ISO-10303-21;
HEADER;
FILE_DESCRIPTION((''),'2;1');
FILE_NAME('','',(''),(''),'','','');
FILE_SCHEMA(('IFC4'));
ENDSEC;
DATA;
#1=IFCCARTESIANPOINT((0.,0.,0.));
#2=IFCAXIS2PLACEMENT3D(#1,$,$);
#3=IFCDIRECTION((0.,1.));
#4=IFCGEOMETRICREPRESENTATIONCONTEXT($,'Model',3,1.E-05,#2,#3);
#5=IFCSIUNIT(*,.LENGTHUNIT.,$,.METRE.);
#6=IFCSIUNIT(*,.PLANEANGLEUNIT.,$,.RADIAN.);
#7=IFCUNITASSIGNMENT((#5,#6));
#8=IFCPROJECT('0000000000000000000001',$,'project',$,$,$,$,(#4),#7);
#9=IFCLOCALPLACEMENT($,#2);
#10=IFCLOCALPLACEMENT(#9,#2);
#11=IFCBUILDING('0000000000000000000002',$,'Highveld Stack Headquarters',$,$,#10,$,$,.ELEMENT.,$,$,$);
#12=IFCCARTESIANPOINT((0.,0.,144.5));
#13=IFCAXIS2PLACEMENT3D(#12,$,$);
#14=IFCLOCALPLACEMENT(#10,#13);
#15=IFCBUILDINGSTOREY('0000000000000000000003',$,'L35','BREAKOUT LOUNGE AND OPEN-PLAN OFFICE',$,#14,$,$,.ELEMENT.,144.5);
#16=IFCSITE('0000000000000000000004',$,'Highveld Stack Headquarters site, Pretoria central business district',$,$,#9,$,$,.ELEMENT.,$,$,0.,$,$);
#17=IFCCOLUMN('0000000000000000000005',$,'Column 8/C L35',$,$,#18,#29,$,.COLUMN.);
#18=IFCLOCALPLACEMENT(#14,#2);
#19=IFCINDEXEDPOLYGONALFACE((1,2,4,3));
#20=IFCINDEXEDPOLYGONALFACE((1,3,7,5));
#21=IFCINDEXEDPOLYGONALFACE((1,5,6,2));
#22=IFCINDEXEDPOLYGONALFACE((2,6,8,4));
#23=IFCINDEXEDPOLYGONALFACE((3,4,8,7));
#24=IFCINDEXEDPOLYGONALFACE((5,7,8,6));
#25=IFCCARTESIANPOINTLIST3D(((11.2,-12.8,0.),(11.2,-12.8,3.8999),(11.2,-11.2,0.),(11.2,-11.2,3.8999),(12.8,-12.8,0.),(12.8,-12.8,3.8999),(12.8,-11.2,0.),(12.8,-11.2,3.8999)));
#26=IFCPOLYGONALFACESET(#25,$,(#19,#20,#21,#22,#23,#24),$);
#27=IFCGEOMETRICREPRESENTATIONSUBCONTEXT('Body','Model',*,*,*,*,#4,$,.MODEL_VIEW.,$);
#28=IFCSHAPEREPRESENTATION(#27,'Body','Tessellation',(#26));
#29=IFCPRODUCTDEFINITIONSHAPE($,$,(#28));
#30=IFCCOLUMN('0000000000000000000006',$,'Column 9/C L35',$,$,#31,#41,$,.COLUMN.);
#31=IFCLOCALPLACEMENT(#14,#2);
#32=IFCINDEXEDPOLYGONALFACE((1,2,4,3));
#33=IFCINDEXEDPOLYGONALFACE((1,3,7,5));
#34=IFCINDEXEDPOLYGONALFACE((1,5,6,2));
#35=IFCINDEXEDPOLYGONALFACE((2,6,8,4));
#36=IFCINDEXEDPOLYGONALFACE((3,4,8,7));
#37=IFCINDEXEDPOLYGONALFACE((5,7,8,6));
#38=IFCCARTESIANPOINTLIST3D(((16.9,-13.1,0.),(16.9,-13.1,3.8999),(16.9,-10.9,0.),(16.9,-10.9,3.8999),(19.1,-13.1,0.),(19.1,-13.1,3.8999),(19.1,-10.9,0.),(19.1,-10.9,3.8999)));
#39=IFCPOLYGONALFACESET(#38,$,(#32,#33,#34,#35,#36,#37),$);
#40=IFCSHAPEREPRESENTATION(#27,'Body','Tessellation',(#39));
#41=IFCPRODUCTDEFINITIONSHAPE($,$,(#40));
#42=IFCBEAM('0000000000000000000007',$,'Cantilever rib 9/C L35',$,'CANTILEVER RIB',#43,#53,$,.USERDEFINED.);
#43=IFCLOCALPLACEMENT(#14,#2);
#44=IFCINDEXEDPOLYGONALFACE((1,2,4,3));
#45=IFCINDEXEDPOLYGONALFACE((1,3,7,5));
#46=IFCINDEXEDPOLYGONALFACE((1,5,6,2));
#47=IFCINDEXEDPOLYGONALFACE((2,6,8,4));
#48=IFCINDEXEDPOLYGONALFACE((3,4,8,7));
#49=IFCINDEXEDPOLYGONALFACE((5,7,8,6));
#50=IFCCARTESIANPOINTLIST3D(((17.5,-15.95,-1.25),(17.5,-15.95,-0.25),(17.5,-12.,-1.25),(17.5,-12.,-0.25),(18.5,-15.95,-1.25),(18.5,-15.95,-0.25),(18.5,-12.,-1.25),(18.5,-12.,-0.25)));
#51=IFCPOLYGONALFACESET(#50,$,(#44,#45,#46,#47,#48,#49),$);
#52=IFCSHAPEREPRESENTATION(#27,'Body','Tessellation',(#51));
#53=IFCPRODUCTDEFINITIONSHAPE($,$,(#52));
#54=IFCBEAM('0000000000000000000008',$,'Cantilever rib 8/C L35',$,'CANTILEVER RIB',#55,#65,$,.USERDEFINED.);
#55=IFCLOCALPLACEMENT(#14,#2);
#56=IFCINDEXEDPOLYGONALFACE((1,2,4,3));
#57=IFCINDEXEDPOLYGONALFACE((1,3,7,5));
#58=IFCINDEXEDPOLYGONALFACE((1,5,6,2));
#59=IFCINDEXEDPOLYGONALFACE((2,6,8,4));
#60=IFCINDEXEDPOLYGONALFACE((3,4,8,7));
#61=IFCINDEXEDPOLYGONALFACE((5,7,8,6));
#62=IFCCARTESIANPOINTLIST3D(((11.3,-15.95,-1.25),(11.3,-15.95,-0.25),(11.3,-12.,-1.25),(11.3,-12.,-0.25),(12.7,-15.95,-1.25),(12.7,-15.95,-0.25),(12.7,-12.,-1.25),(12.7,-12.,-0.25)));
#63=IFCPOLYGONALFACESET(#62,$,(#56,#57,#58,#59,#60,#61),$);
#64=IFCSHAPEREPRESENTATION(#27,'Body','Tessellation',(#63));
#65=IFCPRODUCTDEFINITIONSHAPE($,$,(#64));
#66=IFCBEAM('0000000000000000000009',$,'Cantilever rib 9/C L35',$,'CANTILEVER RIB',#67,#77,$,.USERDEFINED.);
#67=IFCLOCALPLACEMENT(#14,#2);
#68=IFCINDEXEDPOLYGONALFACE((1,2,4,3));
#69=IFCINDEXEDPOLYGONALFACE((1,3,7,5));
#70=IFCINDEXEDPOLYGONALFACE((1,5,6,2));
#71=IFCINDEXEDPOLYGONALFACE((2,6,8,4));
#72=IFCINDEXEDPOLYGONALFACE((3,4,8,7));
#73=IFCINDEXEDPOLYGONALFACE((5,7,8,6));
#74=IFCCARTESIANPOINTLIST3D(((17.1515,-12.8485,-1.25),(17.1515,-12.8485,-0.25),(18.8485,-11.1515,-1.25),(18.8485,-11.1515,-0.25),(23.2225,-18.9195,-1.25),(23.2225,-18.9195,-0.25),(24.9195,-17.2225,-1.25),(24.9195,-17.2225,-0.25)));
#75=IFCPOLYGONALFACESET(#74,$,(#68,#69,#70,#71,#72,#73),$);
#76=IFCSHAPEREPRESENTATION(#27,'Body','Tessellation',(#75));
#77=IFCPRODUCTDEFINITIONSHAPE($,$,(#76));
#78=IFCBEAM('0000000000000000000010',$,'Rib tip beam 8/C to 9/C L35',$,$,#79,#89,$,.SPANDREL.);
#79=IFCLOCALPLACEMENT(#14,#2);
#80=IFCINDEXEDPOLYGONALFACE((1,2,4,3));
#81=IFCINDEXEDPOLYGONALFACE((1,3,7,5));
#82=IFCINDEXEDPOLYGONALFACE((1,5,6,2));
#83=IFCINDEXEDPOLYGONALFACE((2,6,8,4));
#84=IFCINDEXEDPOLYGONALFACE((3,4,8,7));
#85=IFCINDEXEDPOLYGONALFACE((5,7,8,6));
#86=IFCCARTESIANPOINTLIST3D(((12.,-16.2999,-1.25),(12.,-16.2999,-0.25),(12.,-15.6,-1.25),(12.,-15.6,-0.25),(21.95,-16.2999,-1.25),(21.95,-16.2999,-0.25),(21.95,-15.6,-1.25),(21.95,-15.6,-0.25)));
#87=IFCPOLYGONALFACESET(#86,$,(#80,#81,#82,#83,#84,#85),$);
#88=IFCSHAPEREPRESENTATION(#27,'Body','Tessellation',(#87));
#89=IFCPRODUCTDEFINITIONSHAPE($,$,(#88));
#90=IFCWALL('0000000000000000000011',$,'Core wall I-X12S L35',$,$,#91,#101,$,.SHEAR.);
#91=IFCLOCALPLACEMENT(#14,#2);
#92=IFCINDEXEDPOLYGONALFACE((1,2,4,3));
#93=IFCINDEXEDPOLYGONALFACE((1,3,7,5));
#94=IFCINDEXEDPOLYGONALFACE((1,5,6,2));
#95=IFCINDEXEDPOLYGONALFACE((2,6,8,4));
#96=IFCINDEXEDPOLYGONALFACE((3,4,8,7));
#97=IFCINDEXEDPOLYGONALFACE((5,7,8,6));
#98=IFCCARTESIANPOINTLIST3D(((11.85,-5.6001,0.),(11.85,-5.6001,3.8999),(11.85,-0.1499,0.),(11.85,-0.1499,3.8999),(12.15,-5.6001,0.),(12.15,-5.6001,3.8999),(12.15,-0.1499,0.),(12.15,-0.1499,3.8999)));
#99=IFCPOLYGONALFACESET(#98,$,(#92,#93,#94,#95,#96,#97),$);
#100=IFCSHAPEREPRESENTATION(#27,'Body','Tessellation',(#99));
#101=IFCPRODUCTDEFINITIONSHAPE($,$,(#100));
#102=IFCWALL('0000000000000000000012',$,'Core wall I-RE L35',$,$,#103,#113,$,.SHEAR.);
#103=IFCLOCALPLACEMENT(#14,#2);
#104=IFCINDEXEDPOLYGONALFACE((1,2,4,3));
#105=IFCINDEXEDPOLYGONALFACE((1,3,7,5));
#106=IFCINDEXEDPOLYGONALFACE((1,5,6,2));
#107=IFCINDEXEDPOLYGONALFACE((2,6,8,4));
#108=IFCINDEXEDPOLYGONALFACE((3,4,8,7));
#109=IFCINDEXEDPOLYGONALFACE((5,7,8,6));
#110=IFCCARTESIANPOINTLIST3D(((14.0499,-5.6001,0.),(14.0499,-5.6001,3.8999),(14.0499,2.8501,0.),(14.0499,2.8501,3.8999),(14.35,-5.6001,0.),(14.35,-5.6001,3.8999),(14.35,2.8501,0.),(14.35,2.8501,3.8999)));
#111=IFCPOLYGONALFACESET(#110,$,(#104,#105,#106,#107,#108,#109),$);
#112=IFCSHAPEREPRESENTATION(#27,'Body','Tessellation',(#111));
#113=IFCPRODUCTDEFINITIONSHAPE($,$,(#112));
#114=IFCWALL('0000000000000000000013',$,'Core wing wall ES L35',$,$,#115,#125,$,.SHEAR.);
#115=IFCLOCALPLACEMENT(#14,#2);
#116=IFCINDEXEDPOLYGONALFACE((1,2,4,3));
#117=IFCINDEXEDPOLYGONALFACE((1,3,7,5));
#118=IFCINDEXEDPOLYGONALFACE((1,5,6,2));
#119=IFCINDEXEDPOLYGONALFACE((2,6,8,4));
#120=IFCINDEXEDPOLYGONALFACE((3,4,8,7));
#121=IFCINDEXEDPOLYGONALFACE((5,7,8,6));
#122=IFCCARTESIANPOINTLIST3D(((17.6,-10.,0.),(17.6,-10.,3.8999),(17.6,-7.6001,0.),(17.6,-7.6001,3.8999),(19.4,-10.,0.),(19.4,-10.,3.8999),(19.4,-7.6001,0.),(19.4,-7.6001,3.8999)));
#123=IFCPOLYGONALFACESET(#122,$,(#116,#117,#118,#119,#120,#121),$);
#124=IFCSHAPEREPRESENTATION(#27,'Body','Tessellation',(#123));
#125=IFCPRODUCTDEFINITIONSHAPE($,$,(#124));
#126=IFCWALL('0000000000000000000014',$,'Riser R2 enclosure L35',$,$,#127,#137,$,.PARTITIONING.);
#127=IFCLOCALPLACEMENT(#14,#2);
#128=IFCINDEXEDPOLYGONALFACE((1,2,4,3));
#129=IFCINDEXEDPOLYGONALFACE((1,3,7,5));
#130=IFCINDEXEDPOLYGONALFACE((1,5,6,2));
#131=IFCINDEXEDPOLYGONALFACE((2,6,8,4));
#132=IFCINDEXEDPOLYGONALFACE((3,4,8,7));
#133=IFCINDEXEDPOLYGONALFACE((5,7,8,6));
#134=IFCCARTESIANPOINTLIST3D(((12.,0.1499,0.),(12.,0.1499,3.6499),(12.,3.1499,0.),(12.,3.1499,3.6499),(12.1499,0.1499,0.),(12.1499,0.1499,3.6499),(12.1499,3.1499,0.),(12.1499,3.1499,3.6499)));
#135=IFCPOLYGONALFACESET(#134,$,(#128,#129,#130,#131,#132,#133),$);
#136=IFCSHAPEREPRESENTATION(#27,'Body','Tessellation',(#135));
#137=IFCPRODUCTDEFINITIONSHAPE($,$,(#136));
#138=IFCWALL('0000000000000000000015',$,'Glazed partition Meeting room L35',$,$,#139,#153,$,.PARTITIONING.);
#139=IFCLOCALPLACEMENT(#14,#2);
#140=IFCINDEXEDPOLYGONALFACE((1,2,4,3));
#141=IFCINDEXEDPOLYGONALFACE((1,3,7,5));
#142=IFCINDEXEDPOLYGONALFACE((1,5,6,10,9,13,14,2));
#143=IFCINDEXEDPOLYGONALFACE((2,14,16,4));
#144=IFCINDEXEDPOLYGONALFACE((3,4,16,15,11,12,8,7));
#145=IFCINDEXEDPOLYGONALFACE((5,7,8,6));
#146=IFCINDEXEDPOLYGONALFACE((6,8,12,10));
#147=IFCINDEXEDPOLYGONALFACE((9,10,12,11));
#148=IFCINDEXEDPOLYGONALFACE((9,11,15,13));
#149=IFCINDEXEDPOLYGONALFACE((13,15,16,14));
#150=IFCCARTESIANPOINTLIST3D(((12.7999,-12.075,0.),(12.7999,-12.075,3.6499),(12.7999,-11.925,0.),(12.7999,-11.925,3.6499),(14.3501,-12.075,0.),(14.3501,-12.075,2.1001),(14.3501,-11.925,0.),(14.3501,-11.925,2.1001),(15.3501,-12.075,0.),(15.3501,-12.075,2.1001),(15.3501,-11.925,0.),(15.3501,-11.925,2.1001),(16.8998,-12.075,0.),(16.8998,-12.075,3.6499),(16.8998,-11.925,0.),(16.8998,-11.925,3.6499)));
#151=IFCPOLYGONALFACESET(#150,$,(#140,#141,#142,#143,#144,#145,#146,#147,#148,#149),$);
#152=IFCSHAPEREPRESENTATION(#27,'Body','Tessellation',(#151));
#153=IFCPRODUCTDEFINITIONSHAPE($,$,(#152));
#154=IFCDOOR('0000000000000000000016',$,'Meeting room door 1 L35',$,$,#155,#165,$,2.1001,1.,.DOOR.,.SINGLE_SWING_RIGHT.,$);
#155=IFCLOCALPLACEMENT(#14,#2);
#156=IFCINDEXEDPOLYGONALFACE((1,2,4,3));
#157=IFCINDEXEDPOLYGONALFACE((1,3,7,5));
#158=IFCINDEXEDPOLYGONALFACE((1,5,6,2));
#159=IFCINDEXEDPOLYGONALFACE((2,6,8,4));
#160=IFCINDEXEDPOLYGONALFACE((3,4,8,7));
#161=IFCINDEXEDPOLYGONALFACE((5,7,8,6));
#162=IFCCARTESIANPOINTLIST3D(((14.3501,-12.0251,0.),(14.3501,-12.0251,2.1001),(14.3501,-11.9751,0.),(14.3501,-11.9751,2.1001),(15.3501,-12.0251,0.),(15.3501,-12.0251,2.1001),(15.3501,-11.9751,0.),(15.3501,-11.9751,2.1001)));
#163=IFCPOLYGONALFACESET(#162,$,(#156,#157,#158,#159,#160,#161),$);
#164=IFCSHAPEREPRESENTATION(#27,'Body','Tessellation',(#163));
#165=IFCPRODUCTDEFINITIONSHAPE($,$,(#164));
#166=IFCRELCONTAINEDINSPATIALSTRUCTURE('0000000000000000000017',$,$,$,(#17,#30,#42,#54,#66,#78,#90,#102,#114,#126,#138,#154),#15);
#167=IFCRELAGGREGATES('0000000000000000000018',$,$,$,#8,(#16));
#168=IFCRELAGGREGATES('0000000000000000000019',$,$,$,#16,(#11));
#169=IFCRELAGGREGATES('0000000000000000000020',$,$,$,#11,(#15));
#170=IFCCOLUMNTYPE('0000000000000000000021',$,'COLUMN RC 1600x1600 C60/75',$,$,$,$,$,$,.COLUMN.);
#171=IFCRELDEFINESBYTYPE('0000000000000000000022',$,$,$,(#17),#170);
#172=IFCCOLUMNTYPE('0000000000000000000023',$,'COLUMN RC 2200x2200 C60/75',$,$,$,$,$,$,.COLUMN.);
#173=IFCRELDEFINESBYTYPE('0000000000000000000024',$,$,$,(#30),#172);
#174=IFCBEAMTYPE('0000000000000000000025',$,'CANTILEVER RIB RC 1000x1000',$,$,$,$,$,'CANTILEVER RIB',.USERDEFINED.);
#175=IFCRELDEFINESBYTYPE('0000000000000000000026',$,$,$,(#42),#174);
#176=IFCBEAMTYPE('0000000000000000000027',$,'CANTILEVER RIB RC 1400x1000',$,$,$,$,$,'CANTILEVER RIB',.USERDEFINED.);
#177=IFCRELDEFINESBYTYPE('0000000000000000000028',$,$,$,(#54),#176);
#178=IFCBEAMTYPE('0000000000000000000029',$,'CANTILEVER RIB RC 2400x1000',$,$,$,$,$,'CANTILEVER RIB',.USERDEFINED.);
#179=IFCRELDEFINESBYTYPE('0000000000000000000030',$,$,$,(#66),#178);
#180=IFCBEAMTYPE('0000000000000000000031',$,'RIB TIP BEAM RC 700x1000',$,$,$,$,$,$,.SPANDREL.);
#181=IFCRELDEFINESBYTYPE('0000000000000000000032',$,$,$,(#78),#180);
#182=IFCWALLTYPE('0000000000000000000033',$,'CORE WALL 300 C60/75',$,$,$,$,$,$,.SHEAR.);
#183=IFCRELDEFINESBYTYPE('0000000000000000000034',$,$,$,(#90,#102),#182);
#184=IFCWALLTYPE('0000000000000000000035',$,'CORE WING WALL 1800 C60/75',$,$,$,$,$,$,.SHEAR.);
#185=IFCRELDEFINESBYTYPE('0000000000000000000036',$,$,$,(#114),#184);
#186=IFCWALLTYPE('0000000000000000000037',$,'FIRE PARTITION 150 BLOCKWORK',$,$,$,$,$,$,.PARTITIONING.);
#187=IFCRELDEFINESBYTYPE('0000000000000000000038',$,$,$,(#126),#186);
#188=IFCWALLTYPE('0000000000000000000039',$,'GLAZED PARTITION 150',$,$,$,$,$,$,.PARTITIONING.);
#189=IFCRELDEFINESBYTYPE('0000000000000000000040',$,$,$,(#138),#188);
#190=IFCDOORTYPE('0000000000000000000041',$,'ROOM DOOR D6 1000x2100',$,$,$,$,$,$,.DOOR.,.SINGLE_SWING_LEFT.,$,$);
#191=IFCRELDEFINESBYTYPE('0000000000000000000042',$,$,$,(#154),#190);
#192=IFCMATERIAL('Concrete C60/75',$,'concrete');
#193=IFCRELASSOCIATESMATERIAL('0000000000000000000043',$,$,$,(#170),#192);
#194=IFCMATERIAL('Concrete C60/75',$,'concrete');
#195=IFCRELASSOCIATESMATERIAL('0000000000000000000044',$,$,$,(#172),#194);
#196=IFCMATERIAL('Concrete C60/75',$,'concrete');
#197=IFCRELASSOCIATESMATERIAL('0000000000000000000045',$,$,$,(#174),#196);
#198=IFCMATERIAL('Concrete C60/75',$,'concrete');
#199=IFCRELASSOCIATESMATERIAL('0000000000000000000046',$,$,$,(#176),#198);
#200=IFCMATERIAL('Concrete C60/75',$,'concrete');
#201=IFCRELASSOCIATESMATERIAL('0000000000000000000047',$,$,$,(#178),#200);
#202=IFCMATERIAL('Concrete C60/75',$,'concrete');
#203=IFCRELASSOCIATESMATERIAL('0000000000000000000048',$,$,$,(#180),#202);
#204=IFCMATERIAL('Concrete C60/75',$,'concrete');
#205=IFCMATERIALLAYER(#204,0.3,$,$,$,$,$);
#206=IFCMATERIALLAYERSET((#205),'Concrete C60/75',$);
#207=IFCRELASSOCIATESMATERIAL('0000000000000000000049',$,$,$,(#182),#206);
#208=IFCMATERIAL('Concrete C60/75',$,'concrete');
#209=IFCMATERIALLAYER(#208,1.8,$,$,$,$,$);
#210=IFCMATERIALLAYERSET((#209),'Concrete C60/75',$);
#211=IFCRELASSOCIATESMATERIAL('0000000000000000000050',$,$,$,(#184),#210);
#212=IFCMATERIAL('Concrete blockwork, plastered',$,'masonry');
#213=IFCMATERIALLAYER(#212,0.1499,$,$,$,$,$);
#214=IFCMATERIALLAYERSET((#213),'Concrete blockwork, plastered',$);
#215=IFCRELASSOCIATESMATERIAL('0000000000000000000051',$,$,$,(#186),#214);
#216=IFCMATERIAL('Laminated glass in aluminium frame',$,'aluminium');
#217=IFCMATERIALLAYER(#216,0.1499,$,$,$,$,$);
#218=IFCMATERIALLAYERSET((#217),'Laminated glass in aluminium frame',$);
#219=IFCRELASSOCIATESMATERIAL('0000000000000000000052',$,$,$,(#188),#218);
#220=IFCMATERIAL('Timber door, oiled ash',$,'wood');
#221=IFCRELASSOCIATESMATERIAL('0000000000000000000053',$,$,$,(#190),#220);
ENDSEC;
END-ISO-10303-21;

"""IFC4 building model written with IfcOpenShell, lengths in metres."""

from ifc_helpers import new_model, si_unit, direction, frame, frame_2d, origin, origin_2d, place, context, subcontext, project, spatial, rectangle, extrude, material, layer, layer_set, material_profile, profile_set, type_object, element, fill, save


model = new_model("IFC4")

# Units and contexts
model_context = context("Model", 3, precision=1e-05, world=origin(), true_north=direction((0.0, 1.0)))
body_context = subcontext(model_context, "Body", "Model", "MODEL_VIEW")
ifc_project = project(units=[si_unit("LENGTHUNIT", "METRE"), si_unit("PLANEANGLEUNIT", "RADIAN")], contexts=[model_context])

# Site, building, storey
site_placement = place(None, origin())
site = spatial("IfcSite", under=ifc_project, at=site_placement, Name="Highveld Stack Headquarters site, Pretoria central business district", CompositionType="ELEMENT", RefElevation=0.0)
building_placement = place(site_placement, origin())
building = spatial("IfcBuilding", under=site, at=building_placement, Name="Highveld Stack Headquarters", CompositionType="ELEMENT")
storey_placement = place(building_placement, frame((0.0, 0.0, 144.5)))
storey = spatial("IfcBuildingStorey", under=building, at=storey_placement, Name="L35", Description="BREAKOUT LOUNGE AND OPEN-PLAN OFFICE", CompositionType="ELEMENT", Elevation=144.5)

# Columns
ifc_material_1 = material(Name="Concrete C60/75", Category="concrete")
ifc_material_profile_1 = material_profile(ifc_material_1, rectangle(XDim=1.6001, YDim=1.6001, at=origin_2d()), Name="RC 1600x1600")
ifc_profile_set_1 = profile_set([ifc_material_profile_1], Name="Concrete C60/75")
column_type_1 = type_object("IfcColumnType", Name="COLUMN RC 1600x1600 C60/75", PredefinedType="COLUMN", material=ifc_profile_set_1)
column_1_placement = place(storey_placement, frame((12.0, -12.0, 0.0), z_axis=(0.0, 0.0, 1.0), x_axis=(1.0, 0.0, 0.0)))
element("IfcColumn", 1, at=column_1_placement, inside=storey, type_object=column_type_1, Name="Column 8/C L35", PredefinedType="COLUMN", context=body_context, shape_type="SweptSolid", body=[
    extrude(rectangle(XDim=1.6001, YDim=1.6001, at=origin_2d()), origin(), (0.0, 0.0, 1.0), 3.8999),
])
ifc_material_2 = material(Name="Concrete C60/75", Category="concrete")
ifc_material_profile_2 = material_profile(ifc_material_2, rectangle(XDim=2.2, YDim=2.2, at=origin_2d()), Name="RC 2200x2200")
ifc_profile_set_2 = profile_set([ifc_material_profile_2], Name="Concrete C60/75")
column_type_2 = type_object("IfcColumnType", Name="COLUMN RC 2200x2200 C60/75", PredefinedType="COLUMN", material=ifc_profile_set_2)
column_2_placement = place(storey_placement, frame((18.0, -12.0, 0.0), z_axis=(0.0, 0.0, 1.0), x_axis=(1.0, 0.0, 0.0)))
element("IfcColumn", 2, at=column_2_placement, inside=storey, type_object=column_type_2, Name="Column 9/C L35", PredefinedType="COLUMN", context=body_context, shape_type="SweptSolid", body=[
    extrude(rectangle(XDim=2.2, YDim=2.2, at=origin_2d()), origin(), (0.0, 0.0, 1.0), 3.8999),
])

# Beams
ifc_material_3 = material(Name="Concrete C60/75", Category="concrete")
ifc_material_profile_3 = material_profile(ifc_material_3, rectangle(XDim=1.0, YDim=1.0, at=origin_2d()), Name="RC 1000x1000")
ifc_profile_set_3 = profile_set([ifc_material_profile_3], Name="Concrete C60/75")
beam_type_1 = type_object("IfcBeamType", Name="CANTILEVER RIB RC 1000x1000", ElementType="CANTILEVER RIB", PredefinedType="USERDEFINED", material=ifc_profile_set_3)
beam_1_placement = place(storey_placement, frame((18.0, -12.0, -0.75), z_axis=(0.0, -1.0, 0.0), x_axis=(1.0, 0.0, 0.0)))
element("IfcBeam", 3, at=beam_1_placement, inside=storey, type_object=beam_type_1, Name="Cantilever rib 9/C L35", ObjectType="CANTILEVER RIB", PredefinedType="USERDEFINED", context=body_context, shape_type="SweptSolid", body=[
    extrude(rectangle(XDim=1.0, YDim=1.0, at=origin_2d()), origin(), (0.0, 0.0, 1.0), 3.95),
])
ifc_material_4 = material(Name="Concrete C60/75", Category="concrete")
ifc_material_profile_4 = material_profile(ifc_material_4, rectangle(XDim=1.3999, YDim=1.0, at=origin_2d()), Name="RC 1400x1000")
ifc_profile_set_4 = profile_set([ifc_material_profile_4], Name="Concrete C60/75")
beam_type_2 = type_object("IfcBeamType", Name="CANTILEVER RIB RC 1400x1000", ElementType="CANTILEVER RIB", PredefinedType="USERDEFINED", material=ifc_profile_set_4)
beam_2_placement = place(storey_placement, frame((12.0, -12.0, -0.75), z_axis=(0.0, -1.0, 0.0), x_axis=(1.0, 0.0, 0.0)))
element("IfcBeam", 4, at=beam_2_placement, inside=storey, type_object=beam_type_2, Name="Cantilever rib 8/C L35", ObjectType="CANTILEVER RIB", PredefinedType="USERDEFINED", context=body_context, shape_type="SweptSolid", body=[
    extrude(rectangle(XDim=1.3999, YDim=1.0, at=origin_2d()), origin(), (0.0, 0.0, 1.0), 3.95),
])
ifc_material_5 = material(Name="Concrete C60/75", Category="concrete")
ifc_material_profile_5 = material_profile(ifc_material_5, rectangle(XDim=2.3999, YDim=1.0, at=origin_2d()), Name="RC 2400x1000")
ifc_profile_set_5 = profile_set([ifc_material_profile_5], Name="Concrete C60/75")
beam_type_3 = type_object("IfcBeamType", Name="CANTILEVER RIB RC 2400x1000", ElementType="CANTILEVER RIB", PredefinedType="USERDEFINED", material=ifc_profile_set_5)
beam_3_placement = place(storey_placement, frame((18.0, -12.0, -0.75), z_axis=(0.707107, -0.707107, 0.0), x_axis=(0.707107, 0.707107, 0.0)))
element("IfcBeam", 5, at=beam_3_placement, inside=storey, type_object=beam_type_3, Name="Cantilever rib 9/C L35", ObjectType="CANTILEVER RIB", PredefinedType="USERDEFINED", context=body_context, shape_type="SweptSolid", body=[
    extrude(rectangle(XDim=2.3999, YDim=1.0, at=origin_2d()), origin(), (0.0, 0.0, 1.0), 8.5857),
])
ifc_material_6 = material(Name="Concrete C60/75", Category="concrete")
ifc_material_profile_6 = material_profile(ifc_material_6, rectangle(XDim=0.7, YDim=1.0, at=origin_2d()), Name="RC 700x1000")
ifc_profile_set_6 = profile_set([ifc_material_profile_6], Name="Concrete C60/75")
beam_type_4 = type_object("IfcBeamType", Name="RIB TIP BEAM RC 700x1000", PredefinedType="SPANDREL", material=ifc_profile_set_6)
beam_4_placement = place(storey_placement, frame((12.0, -15.95, -0.75), z_axis=(1.0, 0.0, 0.0), x_axis=(0.0, 1.0, 0.0)))
element("IfcBeam", 6, at=beam_4_placement, inside=storey, type_object=beam_type_4, Name="Rib tip beam 8/C to 9/C L35", PredefinedType="SPANDREL", context=body_context, shape_type="SweptSolid", body=[
    extrude(rectangle(XDim=0.7, YDim=1.0, at=origin_2d()), origin(), (0.0, 0.0, 1.0), 9.95),
])

# Walls
ifc_material_7 = material(Name="Concrete C60/75", Category="concrete")
ifc_layer_1 = layer(ifc_material_7, 0.3)
ifc_layer_set_1 = layer_set([ifc_layer_1], Name="Concrete C60/75")
wall_type_1 = type_object("IfcWallType", Name="CORE WALL 300 C60/75", PredefinedType="SHEAR", material=ifc_layer_set_1)
wall_1_placement = place(storey_placement, frame((12.0, -5.6001, 0.0), z_axis=(0.0, 0.0, 1.0), x_axis=(0.0, 1.0, 0.0)))
element("IfcWall", 7, at=wall_1_placement, inside=storey, type_object=wall_type_1, Name="Core wall I-X12S L35", PredefinedType="SHEAR", context=body_context, shape_type="SweptSolid", body=[
    extrude(rectangle(XDim=5.4502, YDim=0.3, at=frame_2d((2.7251, 0.0))), origin(), (0.0, 0.0, 1.0), 3.8999),
])
wall_2_placement = place(storey_placement, frame((14.2, -5.6001, 0.0), z_axis=(0.0, 0.0, 1.0), x_axis=(0.0, 1.0, 0.0)))
element("IfcWall", 8, at=wall_2_placement, inside=storey, type_object=wall_type_1, Name="Core wall I-RE L35", PredefinedType="SHEAR", context=body_context, shape_type="SweptSolid", body=[
    extrude(rectangle(XDim=8.4502, YDim=0.3, at=frame_2d((4.2251, 0.0))), origin(), (0.0, 0.0, 1.0), 3.8999),
])
ifc_material_8 = material(Name="Concrete C60/75", Category="concrete")
ifc_layer_2 = layer(ifc_material_8, 1.8)
ifc_layer_set_2 = layer_set([ifc_layer_2], Name="Concrete C60/75")
wall_type_2 = type_object("IfcWallType", Name="CORE WING WALL 1800 C60/75", PredefinedType="SHEAR", material=ifc_layer_set_2)
wall_3_placement = place(storey_placement, frame((18.5, -10.0, 0.0), z_axis=(0.0, 0.0, 1.0), x_axis=(0.0, 1.0, 0.0)))
element("IfcWall", 9, at=wall_3_placement, inside=storey, type_object=wall_type_2, Name="Core wing wall ES L35", PredefinedType="SHEAR", context=body_context, shape_type="SweptSolid", body=[
    extrude(rectangle(XDim=2.3999, YDim=1.8, at=frame_2d((1.2, 0.0))), origin(), (0.0, 0.0, 1.0), 3.8999),
])
ifc_material_9 = material(Name="Concrete blockwork, plastered", Category="masonry")
ifc_layer_3 = layer(ifc_material_9, 0.1499)
ifc_layer_set_3 = layer_set([ifc_layer_3], Name="Concrete blockwork, plastered")
wall_type_3 = type_object("IfcWallType", Name="FIRE PARTITION 150 BLOCKWORK", PredefinedType="PARTITIONING", material=ifc_layer_set_3)
wall_4_placement = place(storey_placement, frame((12.075, 0.1499, 0.0), z_axis=(0.0, 0.0, 1.0), x_axis=(0.0, 1.0, 0.0)))
element("IfcWall", 10, at=wall_4_placement, inside=storey, type_object=wall_type_3, Name="Riser R2 enclosure L35", PredefinedType="PARTITIONING", context=body_context, shape_type="SweptSolid", body=[
    extrude(rectangle(XDim=3.0, YDim=0.1499, at=frame_2d((1.5, 0.0))), origin(), (0.0, 0.0, 1.0), 3.6499),
])

# Wall, opening, door
ifc_material_10 = material(Name="Laminated glass in aluminium frame", Category="aluminium")
ifc_layer_4 = layer(ifc_material_10, 0.1499)
ifc_layer_set_4 = layer_set([ifc_layer_4], Name="Laminated glass in aluminium frame")
wall_type_4 = type_object("IfcWallType", Name="GLAZED PARTITION 150", PredefinedType="PARTITIONING", material=ifc_layer_set_4)
wall_5_placement = place(storey_placement, frame((12.8, -12.0, 0.0), z_axis=(0.0, 0.0, 1.0), x_axis=(1.0, 0.0, 0.0)))
wall_5 = element("IfcWall", 11, at=wall_5_placement, inside=storey, type_object=wall_type_4, Name="Glazed partition Meeting room L35", PredefinedType="PARTITIONING", context=body_context, shape_type="SweptSolid", body=[
    extrude(rectangle(XDim=4.0999, YDim=0.1499, at=frame_2d((2.0498, 0.0))), origin(), (0.0, 0.0, 1.0), 3.6499),
])
opening_1_placement = place(wall_5_placement, frame((1.55, 0.0, 0.0)))
opening_1 = element("IfcOpeningElement", 12, at=opening_1_placement, cuts=wall_5, PredefinedType="OPENING", context=body_context, shape_type="SweptSolid", body=[
    extrude(rectangle(XDim=1.0, YDim=2.1001, at=frame_2d((0.5, 1.05))), frame((0.0, 0.085, 0.0), z_axis=(0.0, -1.0, 0.0), x_axis=(1.0, 0.0, 0.0)), (0.0, 0.0, 1.0), 0.1699),
])
ifc_material_11 = material(Name="Timber door, oiled ash", Category="wood")
door_type_1 = type_object("IfcDoorType", Name="ROOM DOOR D6 1000x2100", OperationType="SINGLE_SWING_LEFT", PredefinedType="DOOR", material=ifc_material_11)
door_1_placement = place(opening_1_placement, origin())
door_1 = element("IfcDoor", 13, at=door_1_placement, inside=storey, type_object=door_type_1, Name="Meeting room door 1 L35", OperationType="SINGLE_SWING_RIGHT", OverallHeight=2.1001, OverallWidth=1.0, PredefinedType="DOOR", context=body_context, shape_type="SweptSolid", body=[
    extrude(rectangle(XDim=1.0, YDim=2.1001, at=frame_2d((0.5, 1.05))), frame((0.0, 0.0249, 0.0), z_axis=(0.0, -1.0, 0.0), x_axis=(1.0, 0.0, 0.0)), (0.0, 0.0, 1.0), 0.05),
])
fill(opening_1, door_1)

save(model, "model.ifc")
